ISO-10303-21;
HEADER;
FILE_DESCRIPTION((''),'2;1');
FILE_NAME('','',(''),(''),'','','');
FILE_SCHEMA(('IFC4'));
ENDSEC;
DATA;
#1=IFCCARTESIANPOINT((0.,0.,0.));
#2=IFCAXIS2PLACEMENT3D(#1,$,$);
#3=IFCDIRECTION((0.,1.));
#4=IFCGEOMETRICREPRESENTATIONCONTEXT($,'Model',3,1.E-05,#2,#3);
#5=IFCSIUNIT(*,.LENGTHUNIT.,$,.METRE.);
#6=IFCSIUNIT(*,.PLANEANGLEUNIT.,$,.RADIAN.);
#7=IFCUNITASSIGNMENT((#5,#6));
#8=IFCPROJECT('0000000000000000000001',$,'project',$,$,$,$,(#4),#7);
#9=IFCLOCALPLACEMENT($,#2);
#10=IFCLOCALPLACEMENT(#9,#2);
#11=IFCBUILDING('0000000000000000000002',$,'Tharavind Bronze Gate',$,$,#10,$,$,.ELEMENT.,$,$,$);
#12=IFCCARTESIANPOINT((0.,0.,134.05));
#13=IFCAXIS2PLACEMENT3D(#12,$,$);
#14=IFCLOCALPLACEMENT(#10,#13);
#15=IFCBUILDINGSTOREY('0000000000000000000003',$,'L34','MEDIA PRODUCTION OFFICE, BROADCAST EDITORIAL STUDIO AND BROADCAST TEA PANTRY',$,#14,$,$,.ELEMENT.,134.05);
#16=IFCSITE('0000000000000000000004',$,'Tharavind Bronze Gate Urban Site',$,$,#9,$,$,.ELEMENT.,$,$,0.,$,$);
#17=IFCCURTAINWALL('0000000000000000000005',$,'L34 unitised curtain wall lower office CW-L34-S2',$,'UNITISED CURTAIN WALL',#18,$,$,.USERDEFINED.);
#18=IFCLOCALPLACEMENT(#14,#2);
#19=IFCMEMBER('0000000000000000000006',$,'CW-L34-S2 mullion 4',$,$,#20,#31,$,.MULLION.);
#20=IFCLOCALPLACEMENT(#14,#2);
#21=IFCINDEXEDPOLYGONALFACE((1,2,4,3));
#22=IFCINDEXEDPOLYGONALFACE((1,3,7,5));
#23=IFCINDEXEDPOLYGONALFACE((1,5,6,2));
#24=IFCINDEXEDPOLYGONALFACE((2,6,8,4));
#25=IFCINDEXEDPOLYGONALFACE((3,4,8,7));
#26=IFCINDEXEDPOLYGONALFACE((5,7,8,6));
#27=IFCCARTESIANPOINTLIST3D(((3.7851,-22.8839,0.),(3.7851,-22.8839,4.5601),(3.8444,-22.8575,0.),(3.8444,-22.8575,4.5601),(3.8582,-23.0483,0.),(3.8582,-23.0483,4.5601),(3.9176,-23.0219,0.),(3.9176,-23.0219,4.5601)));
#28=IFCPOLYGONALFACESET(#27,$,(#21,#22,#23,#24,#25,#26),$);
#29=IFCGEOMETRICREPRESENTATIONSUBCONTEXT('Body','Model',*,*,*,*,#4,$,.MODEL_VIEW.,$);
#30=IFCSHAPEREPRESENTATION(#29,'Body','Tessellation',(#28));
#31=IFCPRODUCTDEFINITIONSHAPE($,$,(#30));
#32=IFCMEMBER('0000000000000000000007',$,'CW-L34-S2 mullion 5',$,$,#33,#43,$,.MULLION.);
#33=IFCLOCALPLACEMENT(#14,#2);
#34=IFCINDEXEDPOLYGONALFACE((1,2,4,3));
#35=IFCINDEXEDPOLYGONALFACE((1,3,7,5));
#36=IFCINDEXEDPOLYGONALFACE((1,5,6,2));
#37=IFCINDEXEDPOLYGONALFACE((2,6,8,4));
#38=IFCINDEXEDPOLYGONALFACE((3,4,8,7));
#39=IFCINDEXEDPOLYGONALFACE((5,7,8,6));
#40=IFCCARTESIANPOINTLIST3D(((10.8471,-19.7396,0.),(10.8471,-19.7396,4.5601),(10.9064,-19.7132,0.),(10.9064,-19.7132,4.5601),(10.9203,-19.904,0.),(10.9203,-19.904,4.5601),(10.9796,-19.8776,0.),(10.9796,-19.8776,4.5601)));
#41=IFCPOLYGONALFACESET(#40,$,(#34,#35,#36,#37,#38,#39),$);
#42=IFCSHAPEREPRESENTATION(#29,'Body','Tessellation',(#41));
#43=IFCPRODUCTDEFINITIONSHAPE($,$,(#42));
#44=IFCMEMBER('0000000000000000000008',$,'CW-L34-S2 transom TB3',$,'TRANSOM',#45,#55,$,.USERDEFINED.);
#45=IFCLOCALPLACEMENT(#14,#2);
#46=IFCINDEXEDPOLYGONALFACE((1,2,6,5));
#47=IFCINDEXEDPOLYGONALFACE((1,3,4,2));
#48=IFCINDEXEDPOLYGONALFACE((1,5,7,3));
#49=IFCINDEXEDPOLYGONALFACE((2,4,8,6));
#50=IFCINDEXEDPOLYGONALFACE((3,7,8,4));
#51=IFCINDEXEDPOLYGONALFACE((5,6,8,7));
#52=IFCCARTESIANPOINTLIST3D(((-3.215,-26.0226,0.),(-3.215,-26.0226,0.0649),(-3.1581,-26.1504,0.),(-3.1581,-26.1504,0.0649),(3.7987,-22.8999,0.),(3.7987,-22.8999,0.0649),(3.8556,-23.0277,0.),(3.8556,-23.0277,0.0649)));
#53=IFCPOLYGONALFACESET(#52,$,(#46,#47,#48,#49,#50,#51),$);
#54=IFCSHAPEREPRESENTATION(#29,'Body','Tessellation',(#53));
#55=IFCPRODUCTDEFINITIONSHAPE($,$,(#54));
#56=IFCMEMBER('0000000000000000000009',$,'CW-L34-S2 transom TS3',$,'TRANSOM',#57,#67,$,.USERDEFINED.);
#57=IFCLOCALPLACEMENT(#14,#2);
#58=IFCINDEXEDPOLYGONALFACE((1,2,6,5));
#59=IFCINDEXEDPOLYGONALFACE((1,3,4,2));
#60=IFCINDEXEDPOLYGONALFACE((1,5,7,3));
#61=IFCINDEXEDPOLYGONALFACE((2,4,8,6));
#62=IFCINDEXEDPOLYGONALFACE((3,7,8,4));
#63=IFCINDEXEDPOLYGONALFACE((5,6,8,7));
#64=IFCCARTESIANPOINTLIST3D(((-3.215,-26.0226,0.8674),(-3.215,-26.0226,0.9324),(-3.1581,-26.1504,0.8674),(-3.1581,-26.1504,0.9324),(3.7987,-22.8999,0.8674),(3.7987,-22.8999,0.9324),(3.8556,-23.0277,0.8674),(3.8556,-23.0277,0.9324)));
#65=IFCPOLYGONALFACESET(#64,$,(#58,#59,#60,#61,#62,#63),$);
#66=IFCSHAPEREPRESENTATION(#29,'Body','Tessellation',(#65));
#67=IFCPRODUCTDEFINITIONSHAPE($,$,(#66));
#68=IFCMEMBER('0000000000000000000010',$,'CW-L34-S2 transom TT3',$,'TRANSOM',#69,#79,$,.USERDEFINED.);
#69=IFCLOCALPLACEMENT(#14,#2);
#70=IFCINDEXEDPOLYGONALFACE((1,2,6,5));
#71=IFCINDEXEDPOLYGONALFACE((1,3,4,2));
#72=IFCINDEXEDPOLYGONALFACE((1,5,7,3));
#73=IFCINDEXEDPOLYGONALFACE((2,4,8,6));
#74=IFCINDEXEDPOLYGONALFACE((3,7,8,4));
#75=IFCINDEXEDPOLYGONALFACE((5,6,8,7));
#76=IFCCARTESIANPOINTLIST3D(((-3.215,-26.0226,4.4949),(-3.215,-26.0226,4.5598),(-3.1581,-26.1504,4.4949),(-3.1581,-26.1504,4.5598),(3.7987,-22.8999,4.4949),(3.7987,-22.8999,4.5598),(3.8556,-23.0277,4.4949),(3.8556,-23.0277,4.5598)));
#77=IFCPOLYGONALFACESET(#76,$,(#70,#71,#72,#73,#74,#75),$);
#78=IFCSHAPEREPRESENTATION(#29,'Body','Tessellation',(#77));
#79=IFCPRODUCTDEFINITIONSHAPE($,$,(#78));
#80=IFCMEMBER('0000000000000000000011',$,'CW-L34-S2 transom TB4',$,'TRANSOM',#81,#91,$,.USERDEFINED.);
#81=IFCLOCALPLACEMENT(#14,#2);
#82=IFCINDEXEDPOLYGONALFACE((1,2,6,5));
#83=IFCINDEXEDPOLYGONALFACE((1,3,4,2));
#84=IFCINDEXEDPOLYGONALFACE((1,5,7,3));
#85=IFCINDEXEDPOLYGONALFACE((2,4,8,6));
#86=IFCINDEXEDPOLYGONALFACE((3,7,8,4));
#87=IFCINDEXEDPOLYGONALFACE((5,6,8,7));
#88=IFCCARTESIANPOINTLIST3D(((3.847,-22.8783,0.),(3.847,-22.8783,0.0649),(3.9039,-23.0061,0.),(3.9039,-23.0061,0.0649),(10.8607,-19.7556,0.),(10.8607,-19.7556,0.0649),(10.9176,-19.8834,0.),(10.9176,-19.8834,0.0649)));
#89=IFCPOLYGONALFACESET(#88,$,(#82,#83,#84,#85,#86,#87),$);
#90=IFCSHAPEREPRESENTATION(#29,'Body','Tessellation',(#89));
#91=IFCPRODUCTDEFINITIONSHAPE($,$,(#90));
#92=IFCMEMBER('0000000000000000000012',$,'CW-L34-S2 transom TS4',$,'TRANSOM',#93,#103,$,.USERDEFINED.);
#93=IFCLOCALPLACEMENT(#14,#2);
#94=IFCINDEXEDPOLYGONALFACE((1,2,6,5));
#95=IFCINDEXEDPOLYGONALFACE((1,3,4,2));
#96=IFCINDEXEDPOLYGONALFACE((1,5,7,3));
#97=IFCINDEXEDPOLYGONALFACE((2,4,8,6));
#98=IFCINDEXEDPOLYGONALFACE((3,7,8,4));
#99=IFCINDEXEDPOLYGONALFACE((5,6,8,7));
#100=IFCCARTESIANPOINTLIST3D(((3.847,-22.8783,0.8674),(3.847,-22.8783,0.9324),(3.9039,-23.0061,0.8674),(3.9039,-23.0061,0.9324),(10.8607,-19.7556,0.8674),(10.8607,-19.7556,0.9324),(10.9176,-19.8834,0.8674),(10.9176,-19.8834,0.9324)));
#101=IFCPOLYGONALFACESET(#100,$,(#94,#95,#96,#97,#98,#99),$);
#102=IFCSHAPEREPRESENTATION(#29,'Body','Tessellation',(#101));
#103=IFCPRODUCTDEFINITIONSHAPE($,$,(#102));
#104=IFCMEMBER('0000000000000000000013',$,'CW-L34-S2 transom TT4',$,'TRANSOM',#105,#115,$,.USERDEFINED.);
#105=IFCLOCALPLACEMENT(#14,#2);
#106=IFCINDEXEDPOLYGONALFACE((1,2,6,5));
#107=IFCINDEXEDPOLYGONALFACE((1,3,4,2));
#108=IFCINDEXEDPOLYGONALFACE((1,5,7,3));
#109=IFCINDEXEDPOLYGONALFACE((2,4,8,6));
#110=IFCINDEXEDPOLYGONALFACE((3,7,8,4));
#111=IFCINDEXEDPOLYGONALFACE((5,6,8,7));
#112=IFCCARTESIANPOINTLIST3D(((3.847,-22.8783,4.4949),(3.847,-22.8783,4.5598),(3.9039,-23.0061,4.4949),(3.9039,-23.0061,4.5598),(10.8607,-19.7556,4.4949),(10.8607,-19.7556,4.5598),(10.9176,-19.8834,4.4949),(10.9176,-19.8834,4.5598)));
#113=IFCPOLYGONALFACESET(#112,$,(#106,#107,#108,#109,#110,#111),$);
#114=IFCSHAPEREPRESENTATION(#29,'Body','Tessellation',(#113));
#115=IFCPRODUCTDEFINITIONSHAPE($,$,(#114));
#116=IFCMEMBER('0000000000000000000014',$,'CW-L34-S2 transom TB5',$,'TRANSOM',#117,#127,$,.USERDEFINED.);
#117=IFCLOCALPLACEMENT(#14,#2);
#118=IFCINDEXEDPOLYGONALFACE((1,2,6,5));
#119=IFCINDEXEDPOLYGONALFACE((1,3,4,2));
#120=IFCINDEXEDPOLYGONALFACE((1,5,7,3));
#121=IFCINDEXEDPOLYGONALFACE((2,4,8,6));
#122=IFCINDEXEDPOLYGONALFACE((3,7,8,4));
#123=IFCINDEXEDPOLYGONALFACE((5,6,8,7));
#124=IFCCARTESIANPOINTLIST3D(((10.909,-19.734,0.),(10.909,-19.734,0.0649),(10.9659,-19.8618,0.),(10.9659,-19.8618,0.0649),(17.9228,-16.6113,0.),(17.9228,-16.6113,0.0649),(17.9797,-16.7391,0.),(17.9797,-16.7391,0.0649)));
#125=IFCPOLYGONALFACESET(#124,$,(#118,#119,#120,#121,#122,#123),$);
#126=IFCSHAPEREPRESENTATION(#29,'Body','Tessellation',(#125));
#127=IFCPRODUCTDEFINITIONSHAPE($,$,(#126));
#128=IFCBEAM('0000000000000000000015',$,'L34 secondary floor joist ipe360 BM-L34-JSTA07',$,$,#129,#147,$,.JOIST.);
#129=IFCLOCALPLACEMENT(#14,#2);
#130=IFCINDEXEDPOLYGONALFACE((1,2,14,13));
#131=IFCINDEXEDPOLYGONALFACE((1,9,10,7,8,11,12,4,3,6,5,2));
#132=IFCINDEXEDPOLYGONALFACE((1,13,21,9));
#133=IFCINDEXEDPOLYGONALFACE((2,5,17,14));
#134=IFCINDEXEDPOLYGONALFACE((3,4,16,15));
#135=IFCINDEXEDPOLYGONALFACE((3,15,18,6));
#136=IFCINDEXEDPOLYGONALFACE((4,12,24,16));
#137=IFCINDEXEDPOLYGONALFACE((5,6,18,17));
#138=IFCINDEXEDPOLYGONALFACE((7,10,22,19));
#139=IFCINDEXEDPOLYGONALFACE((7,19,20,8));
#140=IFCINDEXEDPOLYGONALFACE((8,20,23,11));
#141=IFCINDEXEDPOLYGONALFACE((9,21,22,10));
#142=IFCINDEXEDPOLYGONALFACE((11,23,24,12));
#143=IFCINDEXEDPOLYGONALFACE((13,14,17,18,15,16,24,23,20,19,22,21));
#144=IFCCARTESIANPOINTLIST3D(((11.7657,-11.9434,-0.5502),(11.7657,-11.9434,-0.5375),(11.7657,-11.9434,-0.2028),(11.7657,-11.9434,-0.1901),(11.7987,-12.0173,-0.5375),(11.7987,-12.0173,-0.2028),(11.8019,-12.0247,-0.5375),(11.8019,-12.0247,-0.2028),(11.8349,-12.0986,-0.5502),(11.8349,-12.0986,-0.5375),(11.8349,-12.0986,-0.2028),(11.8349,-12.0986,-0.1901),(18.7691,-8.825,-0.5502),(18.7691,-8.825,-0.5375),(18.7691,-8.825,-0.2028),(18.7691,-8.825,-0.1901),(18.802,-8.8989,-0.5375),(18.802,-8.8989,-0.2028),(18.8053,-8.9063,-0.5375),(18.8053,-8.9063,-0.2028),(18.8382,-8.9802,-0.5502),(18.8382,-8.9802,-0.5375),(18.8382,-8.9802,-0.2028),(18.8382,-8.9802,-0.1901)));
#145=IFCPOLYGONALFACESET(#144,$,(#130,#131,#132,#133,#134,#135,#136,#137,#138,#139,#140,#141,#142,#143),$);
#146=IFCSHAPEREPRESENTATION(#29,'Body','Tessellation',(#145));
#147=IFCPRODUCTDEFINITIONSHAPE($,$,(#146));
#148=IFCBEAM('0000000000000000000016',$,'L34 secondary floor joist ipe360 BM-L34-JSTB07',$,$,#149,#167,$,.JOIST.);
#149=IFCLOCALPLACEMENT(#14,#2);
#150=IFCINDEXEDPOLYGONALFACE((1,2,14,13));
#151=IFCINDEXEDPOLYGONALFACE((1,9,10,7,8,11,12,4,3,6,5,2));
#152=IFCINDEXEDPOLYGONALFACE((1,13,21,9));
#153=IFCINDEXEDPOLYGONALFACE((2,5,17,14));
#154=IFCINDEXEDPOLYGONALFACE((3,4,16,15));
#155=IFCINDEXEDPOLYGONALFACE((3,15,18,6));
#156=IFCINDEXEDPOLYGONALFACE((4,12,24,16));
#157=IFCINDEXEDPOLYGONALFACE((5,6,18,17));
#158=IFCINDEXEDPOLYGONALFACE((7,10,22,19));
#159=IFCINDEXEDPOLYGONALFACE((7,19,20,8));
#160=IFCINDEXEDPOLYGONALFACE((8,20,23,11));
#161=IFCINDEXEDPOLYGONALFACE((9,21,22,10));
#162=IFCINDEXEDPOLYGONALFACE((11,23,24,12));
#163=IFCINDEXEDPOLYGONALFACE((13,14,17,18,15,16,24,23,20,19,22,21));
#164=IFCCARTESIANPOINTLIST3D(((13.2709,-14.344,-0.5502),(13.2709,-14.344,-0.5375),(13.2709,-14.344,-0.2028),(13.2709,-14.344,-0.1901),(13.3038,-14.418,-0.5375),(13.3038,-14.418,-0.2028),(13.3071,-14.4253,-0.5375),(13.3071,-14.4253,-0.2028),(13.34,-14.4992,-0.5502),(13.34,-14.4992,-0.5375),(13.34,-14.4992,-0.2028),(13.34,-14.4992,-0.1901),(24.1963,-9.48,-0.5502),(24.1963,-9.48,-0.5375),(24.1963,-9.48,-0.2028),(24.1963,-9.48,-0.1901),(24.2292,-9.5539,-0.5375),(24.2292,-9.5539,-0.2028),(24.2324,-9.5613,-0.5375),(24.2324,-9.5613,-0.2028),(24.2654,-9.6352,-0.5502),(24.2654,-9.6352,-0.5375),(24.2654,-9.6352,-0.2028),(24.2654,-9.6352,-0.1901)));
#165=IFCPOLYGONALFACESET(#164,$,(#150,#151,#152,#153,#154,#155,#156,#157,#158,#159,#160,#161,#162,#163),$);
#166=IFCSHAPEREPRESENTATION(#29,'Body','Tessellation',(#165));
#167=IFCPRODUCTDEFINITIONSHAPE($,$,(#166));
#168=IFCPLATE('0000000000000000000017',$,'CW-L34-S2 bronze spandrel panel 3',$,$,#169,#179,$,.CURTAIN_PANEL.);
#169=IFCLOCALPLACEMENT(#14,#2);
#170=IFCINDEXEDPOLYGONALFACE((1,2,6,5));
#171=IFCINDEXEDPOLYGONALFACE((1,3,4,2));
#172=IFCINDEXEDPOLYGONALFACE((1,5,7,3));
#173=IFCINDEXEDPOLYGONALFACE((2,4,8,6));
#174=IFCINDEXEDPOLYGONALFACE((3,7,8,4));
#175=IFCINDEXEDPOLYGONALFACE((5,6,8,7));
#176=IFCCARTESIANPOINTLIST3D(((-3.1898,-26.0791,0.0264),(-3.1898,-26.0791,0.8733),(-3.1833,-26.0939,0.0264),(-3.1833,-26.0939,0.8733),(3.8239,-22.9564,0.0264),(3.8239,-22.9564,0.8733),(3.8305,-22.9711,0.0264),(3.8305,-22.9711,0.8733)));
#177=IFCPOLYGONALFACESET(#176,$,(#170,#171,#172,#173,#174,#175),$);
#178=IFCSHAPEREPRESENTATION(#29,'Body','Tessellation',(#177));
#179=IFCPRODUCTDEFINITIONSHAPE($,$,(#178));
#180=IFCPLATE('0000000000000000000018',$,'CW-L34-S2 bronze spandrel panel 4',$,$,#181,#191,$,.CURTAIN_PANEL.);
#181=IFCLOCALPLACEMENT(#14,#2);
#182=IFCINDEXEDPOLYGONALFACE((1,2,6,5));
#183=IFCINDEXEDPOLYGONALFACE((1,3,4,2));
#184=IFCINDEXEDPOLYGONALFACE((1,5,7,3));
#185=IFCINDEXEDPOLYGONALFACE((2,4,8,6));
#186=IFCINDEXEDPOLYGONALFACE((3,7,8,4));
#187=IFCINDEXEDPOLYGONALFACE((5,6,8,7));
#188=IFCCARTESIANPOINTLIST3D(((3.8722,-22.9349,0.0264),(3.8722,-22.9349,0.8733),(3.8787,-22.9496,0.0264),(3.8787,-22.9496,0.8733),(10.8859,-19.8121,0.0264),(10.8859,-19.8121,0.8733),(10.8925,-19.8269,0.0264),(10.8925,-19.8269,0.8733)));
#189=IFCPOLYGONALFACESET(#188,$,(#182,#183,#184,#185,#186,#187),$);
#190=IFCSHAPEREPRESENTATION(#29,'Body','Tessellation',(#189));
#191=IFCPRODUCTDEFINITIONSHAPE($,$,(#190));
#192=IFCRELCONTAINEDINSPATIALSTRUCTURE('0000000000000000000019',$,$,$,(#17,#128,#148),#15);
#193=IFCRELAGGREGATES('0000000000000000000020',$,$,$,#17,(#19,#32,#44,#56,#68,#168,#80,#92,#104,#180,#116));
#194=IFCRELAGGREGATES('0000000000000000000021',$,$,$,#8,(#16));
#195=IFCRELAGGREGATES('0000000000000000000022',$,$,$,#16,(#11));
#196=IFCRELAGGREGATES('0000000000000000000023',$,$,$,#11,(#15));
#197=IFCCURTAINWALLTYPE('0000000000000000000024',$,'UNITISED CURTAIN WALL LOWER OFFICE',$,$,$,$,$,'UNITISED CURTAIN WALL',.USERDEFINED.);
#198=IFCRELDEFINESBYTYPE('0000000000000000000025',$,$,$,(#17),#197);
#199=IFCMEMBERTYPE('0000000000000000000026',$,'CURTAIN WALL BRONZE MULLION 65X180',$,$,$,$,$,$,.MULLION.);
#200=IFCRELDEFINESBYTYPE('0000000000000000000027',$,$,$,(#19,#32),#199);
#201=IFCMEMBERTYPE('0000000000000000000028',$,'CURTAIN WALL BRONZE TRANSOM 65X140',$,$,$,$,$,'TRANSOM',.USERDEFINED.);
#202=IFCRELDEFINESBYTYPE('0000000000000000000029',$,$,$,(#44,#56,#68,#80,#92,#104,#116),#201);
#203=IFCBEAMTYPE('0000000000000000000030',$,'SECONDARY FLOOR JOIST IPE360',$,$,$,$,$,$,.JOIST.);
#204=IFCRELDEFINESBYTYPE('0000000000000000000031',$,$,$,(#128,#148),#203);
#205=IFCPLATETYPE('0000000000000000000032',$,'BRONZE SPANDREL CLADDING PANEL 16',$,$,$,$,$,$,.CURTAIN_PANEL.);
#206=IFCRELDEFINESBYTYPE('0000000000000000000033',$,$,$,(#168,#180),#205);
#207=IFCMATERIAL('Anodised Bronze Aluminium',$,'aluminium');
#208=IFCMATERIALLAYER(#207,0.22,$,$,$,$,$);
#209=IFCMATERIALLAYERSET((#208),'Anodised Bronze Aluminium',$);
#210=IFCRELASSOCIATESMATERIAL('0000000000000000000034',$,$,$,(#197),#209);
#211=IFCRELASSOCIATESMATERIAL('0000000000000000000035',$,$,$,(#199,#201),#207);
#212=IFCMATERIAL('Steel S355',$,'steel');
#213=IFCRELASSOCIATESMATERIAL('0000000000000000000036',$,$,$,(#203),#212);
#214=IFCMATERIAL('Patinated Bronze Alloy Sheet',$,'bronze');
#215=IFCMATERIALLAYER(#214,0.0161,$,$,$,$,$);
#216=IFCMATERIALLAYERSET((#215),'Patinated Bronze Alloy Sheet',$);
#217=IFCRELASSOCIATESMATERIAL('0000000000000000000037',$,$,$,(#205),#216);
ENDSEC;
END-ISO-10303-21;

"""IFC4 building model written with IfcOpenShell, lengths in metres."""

from ifc_helpers import new_model, si_unit, direction, frame, origin, origin_2d, place, context, subcontext, project, spatial, rectangle, i_section, extrude, material, layer, layer_set, material_profile, profile_set, type_object, element, aggregate, save


model = new_model("IFC4")

# Units and contexts
model_context = context("Model", 3, precision=1e-05, world=origin(), true_north=direction((0.0, 1.0)))
body_context = subcontext(model_context, "Body", "Model", "MODEL_VIEW")
ifc_project = project(units=[si_unit("LENGTHUNIT", "METRE"), si_unit("PLANEANGLEUNIT", "RADIAN")], contexts=[model_context])

# Site, building, storey
site_placement = place(None, origin())
site = spatial("IfcSite", under=ifc_project, at=site_placement, Name="Tharavind Bronze Gate Urban Site", CompositionType="ELEMENT", RefElevation=0.0)
building_placement = place(site_placement, origin())
building = spatial("IfcBuilding", under=site, at=building_placement, Name="Tharavind Bronze Gate", CompositionType="ELEMENT")
storey_placement = place(building_placement, frame((0.0, 0.0, 134.05)))
storey = spatial("IfcBuildingStorey", under=building, at=storey_placement, Name="L34", Description="MEDIA PRODUCTION OFFICE, BROADCAST EDITORIAL STUDIO AND BROADCAST TEA PANTRY", CompositionType="ELEMENT", Elevation=134.05)

# Curtain wall, members
ifc_material_1 = material(Name="Anodised Bronze Aluminium", Category="aluminium")
ifc_layer_1 = layer(ifc_material_1, 0.22)
ifc_layer_set_1 = layer_set([ifc_layer_1], Name="Anodised Bronze Aluminium")
curtain_wall_type = type_object("IfcCurtainWallType", Name="UNITISED CURTAIN WALL LOWER OFFICE", ElementType="UNITISED CURTAIN WALL", PredefinedType="USERDEFINED", material=ifc_layer_set_1)
curtain_wall_placement = place(storey_placement, origin())
curtain_wall = element("IfcCurtainWall", 1, at=curtain_wall_placement, inside=storey, type_object=curtain_wall_type, Name="L34 unitised curtain wall lower office CW-L34-S2", ObjectType="UNITISED CURTAIN WALL", PredefinedType="USERDEFINED")
member_type_1 = type_object("IfcMemberType", Name="CURTAIN WALL BRONZE MULLION 65X180", PredefinedType="MULLION", material=ifc_material_1)
member_1_placement = place(storey_placement, frame((3.8513, -22.9529, 0.0), z_axis=(0.0, 0.0, 1.0), x_axis=(0.913545, 0.406737, 0.0)))
member_1 = element("IfcMember", 2, at=member_1_placement, type_object=member_type_1, Name="CW-L34-S2 mullion 4", PredefinedType="MULLION", context=body_context, shape_type="SweptSolid", body=[
    extrude(rectangle(XDim=0.0649, YDim=0.1799, at=origin_2d()), origin(), (0.0, 0.0, 1.0), 4.5601),
])
member_2_placement = place(storey_placement, frame((10.9133, -19.8086, 0.0), z_axis=(0.0, 0.0, 1.0), x_axis=(0.913545, 0.406737, 0.0)))
member_2 = element("IfcMember", 3, at=member_2_placement, type_object=member_type_1, Name="CW-L34-S2 mullion 5", PredefinedType="MULLION", context=body_context, shape_type="SweptSolid", body=[
    extrude(rectangle(XDim=0.0649, YDim=0.1799, at=origin_2d()), origin(), (0.0, 0.0, 1.0), 4.5601),
])
member_type_2 = type_object("IfcMemberType", Name="CURTAIN WALL BRONZE TRANSOM 65X140", ElementType="TRANSOM", PredefinedType="USERDEFINED", material=ifc_material_1)
member_3_placement = place(storey_placement, frame((0.3203, -24.5251, 0.0), z_axis=(0.0, 0.0, 1.0), x_axis=(0.913545, 0.406737, 0.0)))
member_3 = element("IfcMember", 4, at=member_3_placement, type_object=member_type_2, Name="CW-L34-S2 transom TB3", ObjectType="TRANSOM", PredefinedType="USERDEFINED", context=body_context, shape_type="SweptSolid", body=[
    extrude(rectangle(XDim=7.6775, YDim=0.1399, at=origin_2d()), origin(), (0.0, 0.0, 1.0), 0.0649),
])
member_4_placement = place(storey_placement, frame((0.3203, -24.5251, 0.8674), z_axis=(0.0, 0.0, 1.0), x_axis=(0.913545, 0.406737, 0.0)))
member_4 = element("IfcMember", 5, at=member_4_placement, type_object=member_type_2, Name="CW-L34-S2 transom TS3", ObjectType="TRANSOM", PredefinedType="USERDEFINED", context=body_context, shape_type="SweptSolid", body=[
    extrude(rectangle(XDim=7.6775, YDim=0.1399, at=origin_2d()), origin(), (0.0, 0.0, 1.0), 0.0649),
])
member_5_placement = place(storey_placement, frame((0.3203, -24.5251, 4.4949), z_axis=(0.0, 0.0, 1.0), x_axis=(0.913545, 0.406737, 0.0)))
member_5 = element("IfcMember", 6, at=member_5_placement, type_object=member_type_2, Name="CW-L34-S2 transom TT3", ObjectType="TRANSOM", PredefinedType="USERDEFINED", context=body_context, shape_type="SweptSolid", body=[
    extrude(rectangle(XDim=7.6775, YDim=0.1399, at=origin_2d()), origin(), (0.0, 0.0, 1.0), 0.0649),
])
member_6_placement = place(storey_placement, frame((7.3823, -21.3809, 0.0), z_axis=(0.0, 0.0, 1.0), x_axis=(0.913545, 0.406737, 0.0)))
member_6 = element("IfcMember", 7, at=member_6_placement, type_object=member_type_2, Name="CW-L34-S2 transom TB4", ObjectType="TRANSOM", PredefinedType="USERDEFINED", context=body_context, shape_type="SweptSolid", body=[
    extrude(rectangle(XDim=7.6775, YDim=0.1399, at=origin_2d()), origin(), (0.0, 0.0, 1.0), 0.0649),
])
member_7_placement = place(storey_placement, frame((7.3823, -21.3809, 0.8674), z_axis=(0.0, 0.0, 1.0), x_axis=(0.913545, 0.406737, 0.0)))
member_7 = element("IfcMember", 8, at=member_7_placement, type_object=member_type_2, Name="CW-L34-S2 transom TS4", ObjectType="TRANSOM", PredefinedType="USERDEFINED", context=body_context, shape_type="SweptSolid", body=[
    extrude(rectangle(XDim=7.6775, YDim=0.1399, at=origin_2d()), origin(), (0.0, 0.0, 1.0), 0.0649),
])
member_8_placement = place(storey_placement, frame((7.3823, -21.3809, 4.4949), z_axis=(0.0, 0.0, 1.0), x_axis=(0.913545, 0.406737, 0.0)))
member_8 = element("IfcMember", 9, at=member_8_placement, type_object=member_type_2, Name="CW-L34-S2 transom TT4", ObjectType="TRANSOM", PredefinedType="USERDEFINED", context=body_context, shape_type="SweptSolid", body=[
    extrude(rectangle(XDim=7.6775, YDim=0.1399, at=origin_2d()), origin(), (0.0, 0.0, 1.0), 0.0649),
])
member_9_placement = place(storey_placement, frame((14.4443, -18.2366, 0.0), z_axis=(0.0, 0.0, 1.0), x_axis=(0.913545, 0.406737, 0.0)))
member_9 = element("IfcMember", 10, at=member_9_placement, type_object=member_type_2, Name="CW-L34-S2 transom TB5", ObjectType="TRANSOM", PredefinedType="USERDEFINED", context=body_context, shape_type="SweptSolid", body=[
    extrude(rectangle(XDim=7.6775, YDim=0.1399, at=origin_2d()), origin(), (0.0, 0.0, 1.0), 0.0649),
])

# Beams
ifc_material_2 = material(Name="Steel S355", Category="steel")
ifc_material_profile = material_profile(ifc_material_2, i_section(OverallWidth=0.1699, OverallDepth=0.3601, WebThickness=0.0081, FlangeThickness=0.0127, at=origin_2d()), Name="IPE360")
ifc_profile_set = profile_set([ifc_material_profile], Name="Steel S355")
beam_type = type_object("IfcBeamType", Name="SECONDARY FLOOR JOIST IPE360", PredefinedType="JOIST", material=ifc_profile_set)
beam_1_placement = place(storey_placement, frame((11.8003, -12.021, -0.3701), z_axis=(0.913532, 0.406768, 0.0), x_axis=(-0.406768, 0.913532, 0.0)))
element("IfcBeam", 11, at=beam_1_placement, inside=storey, type_object=beam_type, Name="L34 secondary floor joist ipe360 BM-L34-JSTA07", PredefinedType="JOIST", context=body_context, shape_type="SweptSolid", body=[
    extrude(i_section(OverallWidth=0.1699, OverallDepth=0.3601, WebThickness=0.0081, FlangeThickness=0.0127, at=origin_2d()), origin(), (0.0, 0.0, 1.0), 7.6663),
])
beam_2_placement = place(storey_placement, frame((13.3054, -14.4216, -0.3701), z_axis=(0.913553, 0.40672, 0.0), x_axis=(-0.40672, 0.913553, 0.0)))
element("IfcBeam", 12, at=beam_2_placement, inside=storey, type_object=beam_type, Name="L34 secondary floor joist ipe360 BM-L34-JSTB07", PredefinedType="JOIST", context=body_context, shape_type="SweptSolid", body=[
    extrude(i_section(OverallWidth=0.1699, OverallDepth=0.3601, WebThickness=0.0081, FlangeThickness=0.0127, at=origin_2d()), origin(), (0.0, 0.0, 1.0), 11.9592),
])

# Plates
ifc_material_3 = material(Name="Patinated Bronze Alloy Sheet", Category="bronze")
ifc_layer_2 = layer(ifc_material_3, 0.0161)
ifc_layer_set_2 = layer_set([ifc_layer_2], Name="Patinated Bronze Alloy Sheet")
plate_type_1 = type_object("IfcPlateType", Name="BRONZE SPANDREL CLADDING PANEL 16", PredefinedType="CURTAIN_PANEL", material=ifc_layer_set_2)
plate_1_placement = place(storey_placement, frame((0.3203, -24.5251, 0.0264), z_axis=(0.0, 0.0, 1.0), x_axis=(0.913545, 0.406737, 0.0)))
plate_1 = element("IfcPlate", 13, at=plate_1_placement, type_object=plate_type_1, Name="CW-L34-S2 bronze spandrel panel 3", PredefinedType="CURTAIN_PANEL", context=body_context, shape_type="SweptSolid", body=[
    extrude(rectangle(XDim=7.6775, YDim=0.0161, at=origin_2d()), origin(), (0.0, 0.0, 1.0), 0.8469),
])
plate_2_placement = place(storey_placement, frame((7.3823, -21.3809, 0.0264), z_axis=(0.0, 0.0, 1.0), x_axis=(0.913545, 0.406737, 0.0)))
plate_2 = element("IfcPlate", 14, at=plate_2_placement, type_object=plate_type_1, Name="CW-L34-S2 bronze spandrel panel 4", PredefinedType="CURTAIN_PANEL", context=body_context, shape_type="SweptSolid", body=[
    extrude(rectangle(XDim=7.6775, YDim=0.0161, at=origin_2d()), origin(), (0.0, 0.0, 1.0), 0.8469),
])
aggregate(curtain_wall, [member_1, member_2, member_3, member_4, member_5, plate_1, member_6, member_7, member_8, plate_2, member_9])

save(model, "model.ifc")
